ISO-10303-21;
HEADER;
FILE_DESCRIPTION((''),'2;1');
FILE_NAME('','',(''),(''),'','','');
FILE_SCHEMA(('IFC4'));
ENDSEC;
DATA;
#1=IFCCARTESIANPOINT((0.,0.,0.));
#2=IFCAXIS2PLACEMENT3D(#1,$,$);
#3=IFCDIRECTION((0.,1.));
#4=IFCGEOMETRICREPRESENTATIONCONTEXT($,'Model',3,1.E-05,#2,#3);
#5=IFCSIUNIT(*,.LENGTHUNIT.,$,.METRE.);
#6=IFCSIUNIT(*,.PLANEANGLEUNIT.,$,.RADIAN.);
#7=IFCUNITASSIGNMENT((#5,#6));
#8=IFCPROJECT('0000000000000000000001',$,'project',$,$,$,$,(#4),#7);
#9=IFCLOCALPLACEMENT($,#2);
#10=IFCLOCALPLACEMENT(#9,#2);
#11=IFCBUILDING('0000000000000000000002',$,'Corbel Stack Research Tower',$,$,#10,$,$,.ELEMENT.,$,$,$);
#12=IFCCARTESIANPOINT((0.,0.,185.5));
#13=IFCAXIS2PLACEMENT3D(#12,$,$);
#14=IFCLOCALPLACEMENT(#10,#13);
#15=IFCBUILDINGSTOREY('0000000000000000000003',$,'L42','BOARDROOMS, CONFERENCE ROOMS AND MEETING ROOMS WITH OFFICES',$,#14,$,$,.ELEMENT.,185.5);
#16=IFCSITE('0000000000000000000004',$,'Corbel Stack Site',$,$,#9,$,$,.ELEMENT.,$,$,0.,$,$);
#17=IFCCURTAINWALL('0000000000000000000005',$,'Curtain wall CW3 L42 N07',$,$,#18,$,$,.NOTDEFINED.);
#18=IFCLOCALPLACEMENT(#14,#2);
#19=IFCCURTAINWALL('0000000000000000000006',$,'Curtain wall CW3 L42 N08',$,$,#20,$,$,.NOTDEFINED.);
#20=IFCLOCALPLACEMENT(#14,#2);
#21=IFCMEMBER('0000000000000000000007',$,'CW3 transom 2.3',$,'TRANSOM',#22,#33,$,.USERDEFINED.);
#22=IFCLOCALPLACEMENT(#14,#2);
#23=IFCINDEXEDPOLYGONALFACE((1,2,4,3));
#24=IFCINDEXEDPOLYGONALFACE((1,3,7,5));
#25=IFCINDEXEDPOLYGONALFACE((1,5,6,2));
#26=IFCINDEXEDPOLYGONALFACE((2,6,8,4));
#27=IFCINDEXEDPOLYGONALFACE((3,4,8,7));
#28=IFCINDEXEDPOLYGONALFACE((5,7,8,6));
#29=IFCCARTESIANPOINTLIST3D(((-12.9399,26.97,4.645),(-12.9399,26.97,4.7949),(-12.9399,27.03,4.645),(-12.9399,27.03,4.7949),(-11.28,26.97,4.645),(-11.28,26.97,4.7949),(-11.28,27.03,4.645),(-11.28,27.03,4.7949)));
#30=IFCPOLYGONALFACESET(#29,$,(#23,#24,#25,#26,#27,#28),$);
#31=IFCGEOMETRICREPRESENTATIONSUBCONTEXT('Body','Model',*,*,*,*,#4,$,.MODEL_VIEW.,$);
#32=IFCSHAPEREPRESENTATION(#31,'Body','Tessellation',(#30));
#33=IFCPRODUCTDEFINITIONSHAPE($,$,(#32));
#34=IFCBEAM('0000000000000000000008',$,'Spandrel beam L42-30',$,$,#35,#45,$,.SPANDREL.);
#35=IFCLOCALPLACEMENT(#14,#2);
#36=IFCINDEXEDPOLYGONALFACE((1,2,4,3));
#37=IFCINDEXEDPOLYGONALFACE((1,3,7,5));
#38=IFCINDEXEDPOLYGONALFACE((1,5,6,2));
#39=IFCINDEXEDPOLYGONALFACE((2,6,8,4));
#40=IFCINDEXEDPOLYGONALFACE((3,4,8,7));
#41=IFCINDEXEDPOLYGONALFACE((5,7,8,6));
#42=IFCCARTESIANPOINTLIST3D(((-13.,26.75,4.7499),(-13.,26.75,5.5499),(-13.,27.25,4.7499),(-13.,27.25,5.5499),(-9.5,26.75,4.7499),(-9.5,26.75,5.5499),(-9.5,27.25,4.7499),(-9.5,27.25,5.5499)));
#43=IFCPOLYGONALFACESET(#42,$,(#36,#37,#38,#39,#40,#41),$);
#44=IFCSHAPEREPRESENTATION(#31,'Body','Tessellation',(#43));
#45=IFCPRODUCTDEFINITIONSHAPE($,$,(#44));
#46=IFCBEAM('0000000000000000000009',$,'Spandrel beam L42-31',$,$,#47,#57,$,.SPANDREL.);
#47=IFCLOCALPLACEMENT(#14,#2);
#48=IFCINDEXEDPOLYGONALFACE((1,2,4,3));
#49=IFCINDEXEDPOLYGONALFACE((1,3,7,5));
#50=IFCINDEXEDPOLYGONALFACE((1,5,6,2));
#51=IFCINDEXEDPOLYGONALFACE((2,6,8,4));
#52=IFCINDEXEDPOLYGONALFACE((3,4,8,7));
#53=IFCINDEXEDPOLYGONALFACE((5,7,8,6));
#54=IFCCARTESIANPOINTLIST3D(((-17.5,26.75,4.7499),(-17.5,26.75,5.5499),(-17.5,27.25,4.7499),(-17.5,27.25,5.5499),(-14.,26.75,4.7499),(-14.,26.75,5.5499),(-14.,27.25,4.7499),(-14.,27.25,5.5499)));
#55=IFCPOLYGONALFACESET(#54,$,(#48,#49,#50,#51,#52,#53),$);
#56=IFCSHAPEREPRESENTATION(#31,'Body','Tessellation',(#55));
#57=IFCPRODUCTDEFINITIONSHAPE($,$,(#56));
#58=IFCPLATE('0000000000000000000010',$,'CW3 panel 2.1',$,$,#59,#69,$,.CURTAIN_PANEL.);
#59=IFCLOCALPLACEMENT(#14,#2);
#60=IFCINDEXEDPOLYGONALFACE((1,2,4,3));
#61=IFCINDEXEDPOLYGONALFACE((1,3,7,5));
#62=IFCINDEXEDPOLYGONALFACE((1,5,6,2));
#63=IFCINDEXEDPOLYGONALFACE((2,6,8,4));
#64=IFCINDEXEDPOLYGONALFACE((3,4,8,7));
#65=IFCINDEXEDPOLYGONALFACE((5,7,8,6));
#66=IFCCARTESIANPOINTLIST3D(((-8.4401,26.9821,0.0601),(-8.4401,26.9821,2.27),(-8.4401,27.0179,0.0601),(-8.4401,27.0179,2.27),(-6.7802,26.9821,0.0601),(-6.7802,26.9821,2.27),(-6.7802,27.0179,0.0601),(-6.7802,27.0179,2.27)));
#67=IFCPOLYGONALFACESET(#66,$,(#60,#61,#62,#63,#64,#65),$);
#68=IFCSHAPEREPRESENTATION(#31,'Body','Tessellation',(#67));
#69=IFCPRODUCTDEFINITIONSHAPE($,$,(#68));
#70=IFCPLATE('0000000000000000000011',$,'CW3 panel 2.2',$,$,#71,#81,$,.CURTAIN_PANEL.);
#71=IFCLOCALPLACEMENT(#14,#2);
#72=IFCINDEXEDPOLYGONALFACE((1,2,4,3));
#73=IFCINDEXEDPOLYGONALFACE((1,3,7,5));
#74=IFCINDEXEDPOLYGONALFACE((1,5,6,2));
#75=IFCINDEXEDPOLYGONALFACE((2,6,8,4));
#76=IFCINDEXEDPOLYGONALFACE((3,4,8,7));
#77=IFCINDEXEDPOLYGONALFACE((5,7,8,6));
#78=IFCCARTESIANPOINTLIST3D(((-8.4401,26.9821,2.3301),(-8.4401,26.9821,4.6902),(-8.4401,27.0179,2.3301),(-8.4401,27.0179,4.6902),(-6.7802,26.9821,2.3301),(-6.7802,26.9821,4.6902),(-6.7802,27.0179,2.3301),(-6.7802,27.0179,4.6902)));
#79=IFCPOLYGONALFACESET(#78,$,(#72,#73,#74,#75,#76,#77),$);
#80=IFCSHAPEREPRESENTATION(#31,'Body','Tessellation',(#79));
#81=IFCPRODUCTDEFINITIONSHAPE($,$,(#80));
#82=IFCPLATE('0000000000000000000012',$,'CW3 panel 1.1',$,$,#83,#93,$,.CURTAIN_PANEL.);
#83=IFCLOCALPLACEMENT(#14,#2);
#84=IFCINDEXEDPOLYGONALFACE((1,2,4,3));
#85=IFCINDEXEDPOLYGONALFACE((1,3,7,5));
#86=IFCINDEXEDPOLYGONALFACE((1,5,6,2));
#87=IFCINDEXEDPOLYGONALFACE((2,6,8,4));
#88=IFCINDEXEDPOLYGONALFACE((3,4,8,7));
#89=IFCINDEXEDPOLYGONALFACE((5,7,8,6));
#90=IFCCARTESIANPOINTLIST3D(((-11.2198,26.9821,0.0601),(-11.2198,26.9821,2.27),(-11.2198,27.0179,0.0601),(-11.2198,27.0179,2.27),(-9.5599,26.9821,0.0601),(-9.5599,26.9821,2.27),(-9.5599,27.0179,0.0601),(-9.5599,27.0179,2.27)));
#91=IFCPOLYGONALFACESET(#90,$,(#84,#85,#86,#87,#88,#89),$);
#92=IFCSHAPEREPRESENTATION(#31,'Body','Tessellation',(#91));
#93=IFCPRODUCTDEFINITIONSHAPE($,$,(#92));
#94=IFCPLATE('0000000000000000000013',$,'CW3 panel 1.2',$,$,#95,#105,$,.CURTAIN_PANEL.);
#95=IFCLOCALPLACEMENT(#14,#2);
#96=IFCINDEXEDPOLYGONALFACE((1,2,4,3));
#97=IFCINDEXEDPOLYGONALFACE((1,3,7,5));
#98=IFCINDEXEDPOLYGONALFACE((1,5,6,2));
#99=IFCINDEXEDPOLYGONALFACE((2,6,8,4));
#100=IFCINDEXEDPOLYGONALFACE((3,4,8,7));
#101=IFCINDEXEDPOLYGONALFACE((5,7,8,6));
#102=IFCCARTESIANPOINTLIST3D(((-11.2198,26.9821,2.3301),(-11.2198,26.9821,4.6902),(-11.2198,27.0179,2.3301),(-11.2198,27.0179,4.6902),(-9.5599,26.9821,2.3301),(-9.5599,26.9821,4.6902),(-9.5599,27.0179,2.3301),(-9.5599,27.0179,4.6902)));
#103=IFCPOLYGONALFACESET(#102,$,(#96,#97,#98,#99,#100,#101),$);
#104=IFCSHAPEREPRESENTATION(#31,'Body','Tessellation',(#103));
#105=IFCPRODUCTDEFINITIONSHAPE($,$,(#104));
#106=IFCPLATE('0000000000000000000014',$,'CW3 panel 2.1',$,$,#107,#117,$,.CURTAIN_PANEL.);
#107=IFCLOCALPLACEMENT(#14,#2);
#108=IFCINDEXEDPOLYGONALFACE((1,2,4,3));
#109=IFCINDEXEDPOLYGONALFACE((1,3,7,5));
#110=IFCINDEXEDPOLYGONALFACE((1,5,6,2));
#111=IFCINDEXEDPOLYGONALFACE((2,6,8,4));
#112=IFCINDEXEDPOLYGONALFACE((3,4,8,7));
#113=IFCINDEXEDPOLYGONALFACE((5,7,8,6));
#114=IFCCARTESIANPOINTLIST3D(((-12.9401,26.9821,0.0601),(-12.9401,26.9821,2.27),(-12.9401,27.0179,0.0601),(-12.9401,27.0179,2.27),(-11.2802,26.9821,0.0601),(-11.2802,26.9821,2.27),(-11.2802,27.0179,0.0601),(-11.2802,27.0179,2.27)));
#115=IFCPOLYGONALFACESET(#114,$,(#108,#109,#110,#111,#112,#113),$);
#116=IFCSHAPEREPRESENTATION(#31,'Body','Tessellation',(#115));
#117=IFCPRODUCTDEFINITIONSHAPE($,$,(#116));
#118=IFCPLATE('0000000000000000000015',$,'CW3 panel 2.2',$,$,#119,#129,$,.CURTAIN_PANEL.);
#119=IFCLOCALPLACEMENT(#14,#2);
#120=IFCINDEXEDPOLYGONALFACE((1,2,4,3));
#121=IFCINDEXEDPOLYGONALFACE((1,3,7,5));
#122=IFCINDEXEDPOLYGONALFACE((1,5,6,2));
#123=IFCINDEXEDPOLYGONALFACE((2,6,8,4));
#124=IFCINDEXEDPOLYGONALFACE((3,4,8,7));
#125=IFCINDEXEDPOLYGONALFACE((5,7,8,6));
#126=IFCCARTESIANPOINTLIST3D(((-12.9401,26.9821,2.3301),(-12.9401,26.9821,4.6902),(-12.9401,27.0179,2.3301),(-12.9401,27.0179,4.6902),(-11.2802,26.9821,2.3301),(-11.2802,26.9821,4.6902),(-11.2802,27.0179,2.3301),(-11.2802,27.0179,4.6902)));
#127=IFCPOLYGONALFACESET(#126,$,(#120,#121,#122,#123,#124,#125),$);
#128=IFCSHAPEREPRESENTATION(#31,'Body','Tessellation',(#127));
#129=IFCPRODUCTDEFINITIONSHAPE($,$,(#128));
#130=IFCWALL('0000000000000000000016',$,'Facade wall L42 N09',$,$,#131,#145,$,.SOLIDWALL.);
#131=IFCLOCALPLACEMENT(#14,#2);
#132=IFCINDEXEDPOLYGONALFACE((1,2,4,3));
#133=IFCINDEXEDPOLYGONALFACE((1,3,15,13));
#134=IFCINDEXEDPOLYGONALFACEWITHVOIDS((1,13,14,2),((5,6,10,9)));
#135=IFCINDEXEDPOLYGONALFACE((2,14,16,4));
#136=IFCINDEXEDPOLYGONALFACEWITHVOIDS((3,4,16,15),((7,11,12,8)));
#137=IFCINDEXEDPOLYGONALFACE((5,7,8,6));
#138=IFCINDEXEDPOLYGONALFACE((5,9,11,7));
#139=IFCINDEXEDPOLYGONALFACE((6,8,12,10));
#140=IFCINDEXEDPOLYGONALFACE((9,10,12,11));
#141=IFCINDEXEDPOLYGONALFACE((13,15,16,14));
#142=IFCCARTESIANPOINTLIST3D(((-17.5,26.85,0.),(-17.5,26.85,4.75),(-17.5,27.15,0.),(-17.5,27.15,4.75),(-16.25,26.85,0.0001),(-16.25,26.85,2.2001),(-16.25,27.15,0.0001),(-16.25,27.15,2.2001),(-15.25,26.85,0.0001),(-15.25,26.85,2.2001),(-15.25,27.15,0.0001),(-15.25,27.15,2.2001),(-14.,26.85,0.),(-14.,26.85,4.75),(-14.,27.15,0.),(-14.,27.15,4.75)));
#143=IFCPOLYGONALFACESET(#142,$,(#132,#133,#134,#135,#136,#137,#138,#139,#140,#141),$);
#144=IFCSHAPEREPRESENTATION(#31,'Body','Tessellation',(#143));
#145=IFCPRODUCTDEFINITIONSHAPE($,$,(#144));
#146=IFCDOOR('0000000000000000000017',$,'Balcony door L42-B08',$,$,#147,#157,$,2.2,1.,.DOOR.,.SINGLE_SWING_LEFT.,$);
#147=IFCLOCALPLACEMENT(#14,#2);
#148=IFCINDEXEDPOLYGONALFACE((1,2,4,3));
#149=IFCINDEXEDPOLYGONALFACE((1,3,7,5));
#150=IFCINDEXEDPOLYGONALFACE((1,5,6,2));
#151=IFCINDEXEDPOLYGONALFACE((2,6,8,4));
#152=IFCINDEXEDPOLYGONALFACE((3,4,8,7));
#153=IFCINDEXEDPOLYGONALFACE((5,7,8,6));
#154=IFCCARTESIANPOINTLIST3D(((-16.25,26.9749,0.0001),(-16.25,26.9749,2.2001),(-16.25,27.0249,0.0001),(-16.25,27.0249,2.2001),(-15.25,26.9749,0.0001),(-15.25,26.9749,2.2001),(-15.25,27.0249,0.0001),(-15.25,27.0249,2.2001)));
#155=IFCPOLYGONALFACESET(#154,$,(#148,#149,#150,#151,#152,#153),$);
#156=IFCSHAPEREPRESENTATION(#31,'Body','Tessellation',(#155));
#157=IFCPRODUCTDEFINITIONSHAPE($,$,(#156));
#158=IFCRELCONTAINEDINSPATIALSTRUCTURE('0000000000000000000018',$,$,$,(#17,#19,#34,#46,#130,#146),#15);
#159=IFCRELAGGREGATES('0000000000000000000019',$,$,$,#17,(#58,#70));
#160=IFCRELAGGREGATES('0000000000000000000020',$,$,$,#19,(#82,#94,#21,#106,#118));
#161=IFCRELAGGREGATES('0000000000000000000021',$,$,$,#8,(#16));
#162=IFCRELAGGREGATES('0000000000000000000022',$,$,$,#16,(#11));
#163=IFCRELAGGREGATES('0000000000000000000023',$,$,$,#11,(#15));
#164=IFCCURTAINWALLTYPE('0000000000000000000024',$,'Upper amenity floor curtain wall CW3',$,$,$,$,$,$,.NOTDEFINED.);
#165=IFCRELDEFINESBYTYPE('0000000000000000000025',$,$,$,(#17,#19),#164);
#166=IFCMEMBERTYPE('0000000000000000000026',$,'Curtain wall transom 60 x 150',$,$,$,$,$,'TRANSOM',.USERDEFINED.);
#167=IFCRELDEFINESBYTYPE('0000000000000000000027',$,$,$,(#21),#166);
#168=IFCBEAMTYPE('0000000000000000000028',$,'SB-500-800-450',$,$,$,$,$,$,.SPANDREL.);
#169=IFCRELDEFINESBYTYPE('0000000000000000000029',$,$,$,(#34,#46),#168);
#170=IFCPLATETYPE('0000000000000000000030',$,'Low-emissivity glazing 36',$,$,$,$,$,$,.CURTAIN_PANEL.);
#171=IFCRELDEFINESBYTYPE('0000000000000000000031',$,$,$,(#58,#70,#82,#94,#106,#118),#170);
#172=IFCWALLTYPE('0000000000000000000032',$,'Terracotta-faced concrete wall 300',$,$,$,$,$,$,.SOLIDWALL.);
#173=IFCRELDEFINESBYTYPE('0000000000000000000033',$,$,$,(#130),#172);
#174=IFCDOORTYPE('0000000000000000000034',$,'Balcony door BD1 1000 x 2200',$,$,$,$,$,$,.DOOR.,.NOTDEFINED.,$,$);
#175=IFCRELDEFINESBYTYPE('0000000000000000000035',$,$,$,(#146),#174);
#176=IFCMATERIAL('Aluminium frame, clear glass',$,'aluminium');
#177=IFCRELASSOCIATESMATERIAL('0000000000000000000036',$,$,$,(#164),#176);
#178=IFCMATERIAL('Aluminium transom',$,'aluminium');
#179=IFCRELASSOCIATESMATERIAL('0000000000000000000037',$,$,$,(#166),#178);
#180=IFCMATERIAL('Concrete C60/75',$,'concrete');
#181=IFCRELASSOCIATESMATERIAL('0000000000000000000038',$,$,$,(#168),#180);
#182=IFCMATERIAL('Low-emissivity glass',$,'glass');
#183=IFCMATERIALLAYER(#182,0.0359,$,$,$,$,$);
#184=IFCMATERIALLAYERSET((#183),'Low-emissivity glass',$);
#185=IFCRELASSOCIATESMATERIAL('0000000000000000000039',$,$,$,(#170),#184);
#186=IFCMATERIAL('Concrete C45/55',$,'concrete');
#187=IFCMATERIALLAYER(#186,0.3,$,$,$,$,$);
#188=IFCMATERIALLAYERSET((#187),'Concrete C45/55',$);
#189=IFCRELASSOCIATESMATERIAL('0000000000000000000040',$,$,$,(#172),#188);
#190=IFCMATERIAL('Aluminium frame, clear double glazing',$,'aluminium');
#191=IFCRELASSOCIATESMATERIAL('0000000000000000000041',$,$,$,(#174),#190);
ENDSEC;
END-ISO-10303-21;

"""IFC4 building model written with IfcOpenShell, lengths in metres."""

from ifc_helpers import new_model, si_unit, direction, frame, frame_2d, origin, origin_2d, place, context, subcontext, project, spatial, rectangle, extrude, material, layer, layer_set, material_profile, profile_set, type_object, element, fill, aggregate, save


model = new_model("IFC4")

# Units and contexts
model_context = context("Model", 3, precision=1e-05, world=origin(), true_north=direction((0.0, 1.0)))
body_context = subcontext(model_context, "Body", "Model", "MODEL_VIEW")
ifc_project = project(units=[si_unit("LENGTHUNIT", "METRE"), si_unit("PLANEANGLEUNIT", "RADIAN")], contexts=[model_context])

# Site, building, storey
site_placement = place(None, origin())
site = spatial("IfcSite", under=ifc_project, at=site_placement, Name="Corbel Stack Site", CompositionType="ELEMENT", RefElevation=0.0)
building_placement = place(site_placement, origin())
building = spatial("IfcBuilding", under=site, at=building_placement, Name="Corbel Stack Research Tower", CompositionType="ELEMENT")
storey_placement = place(building_placement, frame((0.0, 0.0, 185.5)))
storey = spatial("IfcBuildingStorey", under=building, at=storey_placement, Name="L42", Description="BOARDROOMS, CONFERENCE ROOMS AND MEETING ROOMS WITH OFFICES", CompositionType="ELEMENT", Elevation=185.5)

# Curtain wall
ifc_material_1 = material(Name="Aluminium frame, clear glass", Category="aluminium")
curtain_wall_type = type_object("IfcCurtainWallType", Name="Upper amenity floor curtain wall CW3", PredefinedType="NOTDEFINED", material=ifc_material_1)
curtain_wall_1_placement = place(storey_placement, origin())
curtain_wall_1 = element("IfcCurtainWall", 1, at=curtain_wall_1_placement, inside=storey, type_object=curtain_wall_type, Name="Curtain wall CW3 L42 N07", PredefinedType="NOTDEFINED")

# Curtain wall
curtain_wall_2_placement = place(storey_placement, origin())
curtain_wall_2 = element("IfcCurtainWall", 2, at=curtain_wall_2_placement, inside=storey, type_object=curtain_wall_type, Name="Curtain wall CW3 L42 N08", PredefinedType="NOTDEFINED")

# Member
ifc_material_2 = material(Name="Aluminium transom", Category="aluminium")
ifc_material_profile_1 = material_profile(ifc_material_2, rectangle(XDim=0.0601, YDim=0.1499, at=origin_2d()), Name="Transom 60 x 150")
ifc_profile_set_1 = profile_set([ifc_material_profile_1], Name="Aluminium transom")
member_type_1 = type_object("IfcMemberType", Name="Curtain wall transom 60 x 150", ElementType="TRANSOM", PredefinedType="USERDEFINED", material=ifc_profile_set_1)
member_1_placement = place(storey_placement, frame((-11.28, 27.0, 4.72), z_axis=(-1.0, 0.0, 0.0), x_axis=(0.0, -1.0, 0.0)))
member_1 = element("IfcMember", 3, at=member_1_placement, type_object=member_type_1, Name="CW3 transom 2.3", ObjectType="TRANSOM", PredefinedType="USERDEFINED", context=body_context, shape_type="SweptSolid", body=[
    extrude(rectangle(XDim=0.0601, YDim=0.1499, at=origin_2d()), origin(), (0.0, 0.0, 1.0), 1.6599),
])

# Beams
ifc_material_3 = material(Name="Concrete C60/75", Category="concrete")
ifc_material_profile_2 = material_profile(ifc_material_3, rectangle(XDim=0.5, YDim=0.8, at=origin_2d()), Name="RC 500 x 800")
ifc_profile_set_2 = profile_set([ifc_material_profile_2], Name="Concrete C60/75")
beam_type = type_object("IfcBeamType", Name="SB-500-800-450", PredefinedType="SPANDREL", material=ifc_profile_set_2)
for number, where, z_axis, x_axis, name in (
    (4, (-9.5, 27.0, 5.1499), (-1.0, 0.0, 0.0), (0.0, -1.0, 0.0), "Spandrel beam L42-30"),
    (5, (-14.0, 27.0, 5.1499), (-1.0, 0.0, 0.0), (0.0, -1.0, 0.0), "Spandrel beam L42-31"),
):
    element("IfcBeam", number, at=place(storey_placement, frame(where, z_axis=z_axis, x_axis=x_axis)), inside=storey, type_object=beam_type, Name=name, PredefinedType="SPANDREL", context=body_context, shape_type="SweptSolid", body=[
        extrude(rectangle(XDim=0.5, YDim=0.8, at=origin_2d()), origin(), (0.0, 0.0, 1.0), 3.5),
    ])

# Plates
ifc_material_4 = material(Name="Low-emissivity glass", Category="glass")
ifc_layer_1 = layer(ifc_material_4, 0.0359)
ifc_layer_set_1 = layer_set([ifc_layer_1], Name="Low-emissivity glass")
plate_type = type_object("IfcPlateType", Name="Low-emissivity glazing 36", PredefinedType="CURTAIN_PANEL", material=ifc_layer_set_1)
plate_1_placement = place(storey_placement, frame((-7.6101, 27.0, 0.0601), z_axis=(0.0, 0.0, 1.0), x_axis=(-1.0, 0.0, 0.0)))
plate_1 = element("IfcPlate", 6, at=plate_1_placement, type_object=plate_type, Name="CW3 panel 2.1", PredefinedType="CURTAIN_PANEL", context=body_context, shape_type="SweptSolid", body=[
    extrude(rectangle(XDim=1.6599, YDim=0.0359, at=origin_2d()), origin(), (0.0, 0.0, 1.0), 2.21),
])
plate_2_placement = place(storey_placement, frame((-7.6101, 27.0, 2.3301), z_axis=(0.0, 0.0, 1.0), x_axis=(-1.0, 0.0, 0.0)))
plate_2 = element("IfcPlate", 7, at=plate_2_placement, type_object=plate_type, Name="CW3 panel 2.2", PredefinedType="CURTAIN_PANEL", context=body_context, shape_type="SweptSolid", body=[
    extrude(rectangle(XDim=1.6599, YDim=0.0359, at=origin_2d()), origin(), (0.0, 0.0, 1.0), 2.3601),
])
aggregate(curtain_wall_1, [plate_1, plate_2])
plate_3_placement = place(storey_placement, frame((-10.3899, 27.0, 0.0601), z_axis=(0.0, 0.0, 1.0), x_axis=(-1.0, 0.0, 0.0)))
plate_3 = element("IfcPlate", 8, at=plate_3_placement, type_object=plate_type, Name="CW3 panel 1.1", PredefinedType="CURTAIN_PANEL", context=body_context, shape_type="SweptSolid", body=[
    extrude(rectangle(XDim=1.6599, YDim=0.0359, at=origin_2d()), origin(), (0.0, 0.0, 1.0), 2.21),
])
plate_4_placement = place(storey_placement, frame((-10.3899, 27.0, 2.3301), z_axis=(0.0, 0.0, 1.0), x_axis=(-1.0, 0.0, 0.0)))
plate_4 = element("IfcPlate", 9, at=plate_4_placement, type_object=plate_type, Name="CW3 panel 1.2", PredefinedType="CURTAIN_PANEL", context=body_context, shape_type="SweptSolid", body=[
    extrude(rectangle(XDim=1.6599, YDim=0.0359, at=origin_2d()), origin(), (0.0, 0.0, 1.0), 2.3601),
])
plate_5_placement = place(storey_placement, frame((-12.1101, 27.0, 0.0601), z_axis=(0.0, 0.0, 1.0), x_axis=(-1.0, 0.0, 0.0)))
plate_5 = element("IfcPlate", 10, at=plate_5_placement, type_object=plate_type, Name="CW3 panel 2.1", PredefinedType="CURTAIN_PANEL", context=body_context, shape_type="SweptSolid", body=[
    extrude(rectangle(XDim=1.6599, YDim=0.0359, at=origin_2d()), origin(), (0.0, 0.0, 1.0), 2.21),
])
plate_6_placement = place(storey_placement, frame((-12.1101, 27.0, 2.3301), z_axis=(0.0, 0.0, 1.0), x_axis=(-1.0, 0.0, 0.0)))
plate_6 = element("IfcPlate", 11, at=plate_6_placement, type_object=plate_type, Name="CW3 panel 2.2", PredefinedType="CURTAIN_PANEL", context=body_context, shape_type="SweptSolid", body=[
    extrude(rectangle(XDim=1.6599, YDim=0.0359, at=origin_2d()), origin(), (0.0, 0.0, 1.0), 2.3601),
])
aggregate(curtain_wall_2, [plate_3, plate_4, member_1, plate_5, plate_6])

# Wall, opening, door
ifc_material_5 = material(Name="Concrete C45/55", Category="concrete")
ifc_layer_2 = layer(ifc_material_5, 0.3)
ifc_layer_set_2 = layer_set([ifc_layer_2], Name="Concrete C45/55")
wall_type = type_object("IfcWallType", Name="Terracotta-faced concrete wall 300", PredefinedType="SOLIDWALL", material=ifc_layer_set_2)
wall_placement = place(storey_placement, frame((-17.5, 27.0, 0.0), z_axis=(0.0, 0.0, 1.0), x_axis=(1.0, 0.0, 0.0)))
wall = element("IfcWall", 12, at=wall_placement, inside=storey, type_object=wall_type, Name="Facade wall L42 N09", PredefinedType="SOLIDWALL", context=body_context, shape_type="SweptSolid", body=[
    extrude(rectangle(XDim=3.5, YDim=0.3, at=frame_2d((1.75, 0.0))), origin(), (0.0, 0.0, 1.0), 4.75),
])
opening_placement = place(wall_placement, frame((1.25, 0.0, 0.0)))
opening = element("IfcOpeningElement", 13, at=opening_placement, cuts=wall, PredefinedType="OPENING", context=body_context, shape_type="SweptSolid", body=[
    extrude(rectangle(XDim=1.0, YDim=2.2, at=frame_2d((0.5, 1.1001))), frame((0.0, 0.1599, 0.0), z_axis=(0.0, -1.0, 0.0), x_axis=(1.0, 0.0, 0.0)), (0.0, 0.0, 1.0), 0.3201),
])
ifc_material_6 = material(Name="Aluminium frame, clear double glazing", Category="aluminium")
door_type = type_object("IfcDoorType", Name="Balcony door BD1 1000 x 2200", OperationType="NOTDEFINED", PredefinedType="DOOR", material=ifc_material_6)
door_placement = place(opening_placement, origin())
door = element("IfcDoor", 14, at=door_placement, inside=storey, type_object=door_type, Name="Balcony door L42-B08", OperationType="SINGLE_SWING_LEFT", OverallHeight=2.2, OverallWidth=1.0, PredefinedType="DOOR", context=body_context, shape_type="SweptSolid", body=[
    extrude(rectangle(XDim=1.0, YDim=2.2, at=frame_2d((0.5, 1.1001))), frame((0.0, 0.0249, 0.0), z_axis=(0.0, -1.0, 0.0), x_axis=(1.0, 0.0, 0.0)), (0.0, 0.0, 1.0), 0.05),
])
fill(opening, door)

save(model, "model.ifc")
